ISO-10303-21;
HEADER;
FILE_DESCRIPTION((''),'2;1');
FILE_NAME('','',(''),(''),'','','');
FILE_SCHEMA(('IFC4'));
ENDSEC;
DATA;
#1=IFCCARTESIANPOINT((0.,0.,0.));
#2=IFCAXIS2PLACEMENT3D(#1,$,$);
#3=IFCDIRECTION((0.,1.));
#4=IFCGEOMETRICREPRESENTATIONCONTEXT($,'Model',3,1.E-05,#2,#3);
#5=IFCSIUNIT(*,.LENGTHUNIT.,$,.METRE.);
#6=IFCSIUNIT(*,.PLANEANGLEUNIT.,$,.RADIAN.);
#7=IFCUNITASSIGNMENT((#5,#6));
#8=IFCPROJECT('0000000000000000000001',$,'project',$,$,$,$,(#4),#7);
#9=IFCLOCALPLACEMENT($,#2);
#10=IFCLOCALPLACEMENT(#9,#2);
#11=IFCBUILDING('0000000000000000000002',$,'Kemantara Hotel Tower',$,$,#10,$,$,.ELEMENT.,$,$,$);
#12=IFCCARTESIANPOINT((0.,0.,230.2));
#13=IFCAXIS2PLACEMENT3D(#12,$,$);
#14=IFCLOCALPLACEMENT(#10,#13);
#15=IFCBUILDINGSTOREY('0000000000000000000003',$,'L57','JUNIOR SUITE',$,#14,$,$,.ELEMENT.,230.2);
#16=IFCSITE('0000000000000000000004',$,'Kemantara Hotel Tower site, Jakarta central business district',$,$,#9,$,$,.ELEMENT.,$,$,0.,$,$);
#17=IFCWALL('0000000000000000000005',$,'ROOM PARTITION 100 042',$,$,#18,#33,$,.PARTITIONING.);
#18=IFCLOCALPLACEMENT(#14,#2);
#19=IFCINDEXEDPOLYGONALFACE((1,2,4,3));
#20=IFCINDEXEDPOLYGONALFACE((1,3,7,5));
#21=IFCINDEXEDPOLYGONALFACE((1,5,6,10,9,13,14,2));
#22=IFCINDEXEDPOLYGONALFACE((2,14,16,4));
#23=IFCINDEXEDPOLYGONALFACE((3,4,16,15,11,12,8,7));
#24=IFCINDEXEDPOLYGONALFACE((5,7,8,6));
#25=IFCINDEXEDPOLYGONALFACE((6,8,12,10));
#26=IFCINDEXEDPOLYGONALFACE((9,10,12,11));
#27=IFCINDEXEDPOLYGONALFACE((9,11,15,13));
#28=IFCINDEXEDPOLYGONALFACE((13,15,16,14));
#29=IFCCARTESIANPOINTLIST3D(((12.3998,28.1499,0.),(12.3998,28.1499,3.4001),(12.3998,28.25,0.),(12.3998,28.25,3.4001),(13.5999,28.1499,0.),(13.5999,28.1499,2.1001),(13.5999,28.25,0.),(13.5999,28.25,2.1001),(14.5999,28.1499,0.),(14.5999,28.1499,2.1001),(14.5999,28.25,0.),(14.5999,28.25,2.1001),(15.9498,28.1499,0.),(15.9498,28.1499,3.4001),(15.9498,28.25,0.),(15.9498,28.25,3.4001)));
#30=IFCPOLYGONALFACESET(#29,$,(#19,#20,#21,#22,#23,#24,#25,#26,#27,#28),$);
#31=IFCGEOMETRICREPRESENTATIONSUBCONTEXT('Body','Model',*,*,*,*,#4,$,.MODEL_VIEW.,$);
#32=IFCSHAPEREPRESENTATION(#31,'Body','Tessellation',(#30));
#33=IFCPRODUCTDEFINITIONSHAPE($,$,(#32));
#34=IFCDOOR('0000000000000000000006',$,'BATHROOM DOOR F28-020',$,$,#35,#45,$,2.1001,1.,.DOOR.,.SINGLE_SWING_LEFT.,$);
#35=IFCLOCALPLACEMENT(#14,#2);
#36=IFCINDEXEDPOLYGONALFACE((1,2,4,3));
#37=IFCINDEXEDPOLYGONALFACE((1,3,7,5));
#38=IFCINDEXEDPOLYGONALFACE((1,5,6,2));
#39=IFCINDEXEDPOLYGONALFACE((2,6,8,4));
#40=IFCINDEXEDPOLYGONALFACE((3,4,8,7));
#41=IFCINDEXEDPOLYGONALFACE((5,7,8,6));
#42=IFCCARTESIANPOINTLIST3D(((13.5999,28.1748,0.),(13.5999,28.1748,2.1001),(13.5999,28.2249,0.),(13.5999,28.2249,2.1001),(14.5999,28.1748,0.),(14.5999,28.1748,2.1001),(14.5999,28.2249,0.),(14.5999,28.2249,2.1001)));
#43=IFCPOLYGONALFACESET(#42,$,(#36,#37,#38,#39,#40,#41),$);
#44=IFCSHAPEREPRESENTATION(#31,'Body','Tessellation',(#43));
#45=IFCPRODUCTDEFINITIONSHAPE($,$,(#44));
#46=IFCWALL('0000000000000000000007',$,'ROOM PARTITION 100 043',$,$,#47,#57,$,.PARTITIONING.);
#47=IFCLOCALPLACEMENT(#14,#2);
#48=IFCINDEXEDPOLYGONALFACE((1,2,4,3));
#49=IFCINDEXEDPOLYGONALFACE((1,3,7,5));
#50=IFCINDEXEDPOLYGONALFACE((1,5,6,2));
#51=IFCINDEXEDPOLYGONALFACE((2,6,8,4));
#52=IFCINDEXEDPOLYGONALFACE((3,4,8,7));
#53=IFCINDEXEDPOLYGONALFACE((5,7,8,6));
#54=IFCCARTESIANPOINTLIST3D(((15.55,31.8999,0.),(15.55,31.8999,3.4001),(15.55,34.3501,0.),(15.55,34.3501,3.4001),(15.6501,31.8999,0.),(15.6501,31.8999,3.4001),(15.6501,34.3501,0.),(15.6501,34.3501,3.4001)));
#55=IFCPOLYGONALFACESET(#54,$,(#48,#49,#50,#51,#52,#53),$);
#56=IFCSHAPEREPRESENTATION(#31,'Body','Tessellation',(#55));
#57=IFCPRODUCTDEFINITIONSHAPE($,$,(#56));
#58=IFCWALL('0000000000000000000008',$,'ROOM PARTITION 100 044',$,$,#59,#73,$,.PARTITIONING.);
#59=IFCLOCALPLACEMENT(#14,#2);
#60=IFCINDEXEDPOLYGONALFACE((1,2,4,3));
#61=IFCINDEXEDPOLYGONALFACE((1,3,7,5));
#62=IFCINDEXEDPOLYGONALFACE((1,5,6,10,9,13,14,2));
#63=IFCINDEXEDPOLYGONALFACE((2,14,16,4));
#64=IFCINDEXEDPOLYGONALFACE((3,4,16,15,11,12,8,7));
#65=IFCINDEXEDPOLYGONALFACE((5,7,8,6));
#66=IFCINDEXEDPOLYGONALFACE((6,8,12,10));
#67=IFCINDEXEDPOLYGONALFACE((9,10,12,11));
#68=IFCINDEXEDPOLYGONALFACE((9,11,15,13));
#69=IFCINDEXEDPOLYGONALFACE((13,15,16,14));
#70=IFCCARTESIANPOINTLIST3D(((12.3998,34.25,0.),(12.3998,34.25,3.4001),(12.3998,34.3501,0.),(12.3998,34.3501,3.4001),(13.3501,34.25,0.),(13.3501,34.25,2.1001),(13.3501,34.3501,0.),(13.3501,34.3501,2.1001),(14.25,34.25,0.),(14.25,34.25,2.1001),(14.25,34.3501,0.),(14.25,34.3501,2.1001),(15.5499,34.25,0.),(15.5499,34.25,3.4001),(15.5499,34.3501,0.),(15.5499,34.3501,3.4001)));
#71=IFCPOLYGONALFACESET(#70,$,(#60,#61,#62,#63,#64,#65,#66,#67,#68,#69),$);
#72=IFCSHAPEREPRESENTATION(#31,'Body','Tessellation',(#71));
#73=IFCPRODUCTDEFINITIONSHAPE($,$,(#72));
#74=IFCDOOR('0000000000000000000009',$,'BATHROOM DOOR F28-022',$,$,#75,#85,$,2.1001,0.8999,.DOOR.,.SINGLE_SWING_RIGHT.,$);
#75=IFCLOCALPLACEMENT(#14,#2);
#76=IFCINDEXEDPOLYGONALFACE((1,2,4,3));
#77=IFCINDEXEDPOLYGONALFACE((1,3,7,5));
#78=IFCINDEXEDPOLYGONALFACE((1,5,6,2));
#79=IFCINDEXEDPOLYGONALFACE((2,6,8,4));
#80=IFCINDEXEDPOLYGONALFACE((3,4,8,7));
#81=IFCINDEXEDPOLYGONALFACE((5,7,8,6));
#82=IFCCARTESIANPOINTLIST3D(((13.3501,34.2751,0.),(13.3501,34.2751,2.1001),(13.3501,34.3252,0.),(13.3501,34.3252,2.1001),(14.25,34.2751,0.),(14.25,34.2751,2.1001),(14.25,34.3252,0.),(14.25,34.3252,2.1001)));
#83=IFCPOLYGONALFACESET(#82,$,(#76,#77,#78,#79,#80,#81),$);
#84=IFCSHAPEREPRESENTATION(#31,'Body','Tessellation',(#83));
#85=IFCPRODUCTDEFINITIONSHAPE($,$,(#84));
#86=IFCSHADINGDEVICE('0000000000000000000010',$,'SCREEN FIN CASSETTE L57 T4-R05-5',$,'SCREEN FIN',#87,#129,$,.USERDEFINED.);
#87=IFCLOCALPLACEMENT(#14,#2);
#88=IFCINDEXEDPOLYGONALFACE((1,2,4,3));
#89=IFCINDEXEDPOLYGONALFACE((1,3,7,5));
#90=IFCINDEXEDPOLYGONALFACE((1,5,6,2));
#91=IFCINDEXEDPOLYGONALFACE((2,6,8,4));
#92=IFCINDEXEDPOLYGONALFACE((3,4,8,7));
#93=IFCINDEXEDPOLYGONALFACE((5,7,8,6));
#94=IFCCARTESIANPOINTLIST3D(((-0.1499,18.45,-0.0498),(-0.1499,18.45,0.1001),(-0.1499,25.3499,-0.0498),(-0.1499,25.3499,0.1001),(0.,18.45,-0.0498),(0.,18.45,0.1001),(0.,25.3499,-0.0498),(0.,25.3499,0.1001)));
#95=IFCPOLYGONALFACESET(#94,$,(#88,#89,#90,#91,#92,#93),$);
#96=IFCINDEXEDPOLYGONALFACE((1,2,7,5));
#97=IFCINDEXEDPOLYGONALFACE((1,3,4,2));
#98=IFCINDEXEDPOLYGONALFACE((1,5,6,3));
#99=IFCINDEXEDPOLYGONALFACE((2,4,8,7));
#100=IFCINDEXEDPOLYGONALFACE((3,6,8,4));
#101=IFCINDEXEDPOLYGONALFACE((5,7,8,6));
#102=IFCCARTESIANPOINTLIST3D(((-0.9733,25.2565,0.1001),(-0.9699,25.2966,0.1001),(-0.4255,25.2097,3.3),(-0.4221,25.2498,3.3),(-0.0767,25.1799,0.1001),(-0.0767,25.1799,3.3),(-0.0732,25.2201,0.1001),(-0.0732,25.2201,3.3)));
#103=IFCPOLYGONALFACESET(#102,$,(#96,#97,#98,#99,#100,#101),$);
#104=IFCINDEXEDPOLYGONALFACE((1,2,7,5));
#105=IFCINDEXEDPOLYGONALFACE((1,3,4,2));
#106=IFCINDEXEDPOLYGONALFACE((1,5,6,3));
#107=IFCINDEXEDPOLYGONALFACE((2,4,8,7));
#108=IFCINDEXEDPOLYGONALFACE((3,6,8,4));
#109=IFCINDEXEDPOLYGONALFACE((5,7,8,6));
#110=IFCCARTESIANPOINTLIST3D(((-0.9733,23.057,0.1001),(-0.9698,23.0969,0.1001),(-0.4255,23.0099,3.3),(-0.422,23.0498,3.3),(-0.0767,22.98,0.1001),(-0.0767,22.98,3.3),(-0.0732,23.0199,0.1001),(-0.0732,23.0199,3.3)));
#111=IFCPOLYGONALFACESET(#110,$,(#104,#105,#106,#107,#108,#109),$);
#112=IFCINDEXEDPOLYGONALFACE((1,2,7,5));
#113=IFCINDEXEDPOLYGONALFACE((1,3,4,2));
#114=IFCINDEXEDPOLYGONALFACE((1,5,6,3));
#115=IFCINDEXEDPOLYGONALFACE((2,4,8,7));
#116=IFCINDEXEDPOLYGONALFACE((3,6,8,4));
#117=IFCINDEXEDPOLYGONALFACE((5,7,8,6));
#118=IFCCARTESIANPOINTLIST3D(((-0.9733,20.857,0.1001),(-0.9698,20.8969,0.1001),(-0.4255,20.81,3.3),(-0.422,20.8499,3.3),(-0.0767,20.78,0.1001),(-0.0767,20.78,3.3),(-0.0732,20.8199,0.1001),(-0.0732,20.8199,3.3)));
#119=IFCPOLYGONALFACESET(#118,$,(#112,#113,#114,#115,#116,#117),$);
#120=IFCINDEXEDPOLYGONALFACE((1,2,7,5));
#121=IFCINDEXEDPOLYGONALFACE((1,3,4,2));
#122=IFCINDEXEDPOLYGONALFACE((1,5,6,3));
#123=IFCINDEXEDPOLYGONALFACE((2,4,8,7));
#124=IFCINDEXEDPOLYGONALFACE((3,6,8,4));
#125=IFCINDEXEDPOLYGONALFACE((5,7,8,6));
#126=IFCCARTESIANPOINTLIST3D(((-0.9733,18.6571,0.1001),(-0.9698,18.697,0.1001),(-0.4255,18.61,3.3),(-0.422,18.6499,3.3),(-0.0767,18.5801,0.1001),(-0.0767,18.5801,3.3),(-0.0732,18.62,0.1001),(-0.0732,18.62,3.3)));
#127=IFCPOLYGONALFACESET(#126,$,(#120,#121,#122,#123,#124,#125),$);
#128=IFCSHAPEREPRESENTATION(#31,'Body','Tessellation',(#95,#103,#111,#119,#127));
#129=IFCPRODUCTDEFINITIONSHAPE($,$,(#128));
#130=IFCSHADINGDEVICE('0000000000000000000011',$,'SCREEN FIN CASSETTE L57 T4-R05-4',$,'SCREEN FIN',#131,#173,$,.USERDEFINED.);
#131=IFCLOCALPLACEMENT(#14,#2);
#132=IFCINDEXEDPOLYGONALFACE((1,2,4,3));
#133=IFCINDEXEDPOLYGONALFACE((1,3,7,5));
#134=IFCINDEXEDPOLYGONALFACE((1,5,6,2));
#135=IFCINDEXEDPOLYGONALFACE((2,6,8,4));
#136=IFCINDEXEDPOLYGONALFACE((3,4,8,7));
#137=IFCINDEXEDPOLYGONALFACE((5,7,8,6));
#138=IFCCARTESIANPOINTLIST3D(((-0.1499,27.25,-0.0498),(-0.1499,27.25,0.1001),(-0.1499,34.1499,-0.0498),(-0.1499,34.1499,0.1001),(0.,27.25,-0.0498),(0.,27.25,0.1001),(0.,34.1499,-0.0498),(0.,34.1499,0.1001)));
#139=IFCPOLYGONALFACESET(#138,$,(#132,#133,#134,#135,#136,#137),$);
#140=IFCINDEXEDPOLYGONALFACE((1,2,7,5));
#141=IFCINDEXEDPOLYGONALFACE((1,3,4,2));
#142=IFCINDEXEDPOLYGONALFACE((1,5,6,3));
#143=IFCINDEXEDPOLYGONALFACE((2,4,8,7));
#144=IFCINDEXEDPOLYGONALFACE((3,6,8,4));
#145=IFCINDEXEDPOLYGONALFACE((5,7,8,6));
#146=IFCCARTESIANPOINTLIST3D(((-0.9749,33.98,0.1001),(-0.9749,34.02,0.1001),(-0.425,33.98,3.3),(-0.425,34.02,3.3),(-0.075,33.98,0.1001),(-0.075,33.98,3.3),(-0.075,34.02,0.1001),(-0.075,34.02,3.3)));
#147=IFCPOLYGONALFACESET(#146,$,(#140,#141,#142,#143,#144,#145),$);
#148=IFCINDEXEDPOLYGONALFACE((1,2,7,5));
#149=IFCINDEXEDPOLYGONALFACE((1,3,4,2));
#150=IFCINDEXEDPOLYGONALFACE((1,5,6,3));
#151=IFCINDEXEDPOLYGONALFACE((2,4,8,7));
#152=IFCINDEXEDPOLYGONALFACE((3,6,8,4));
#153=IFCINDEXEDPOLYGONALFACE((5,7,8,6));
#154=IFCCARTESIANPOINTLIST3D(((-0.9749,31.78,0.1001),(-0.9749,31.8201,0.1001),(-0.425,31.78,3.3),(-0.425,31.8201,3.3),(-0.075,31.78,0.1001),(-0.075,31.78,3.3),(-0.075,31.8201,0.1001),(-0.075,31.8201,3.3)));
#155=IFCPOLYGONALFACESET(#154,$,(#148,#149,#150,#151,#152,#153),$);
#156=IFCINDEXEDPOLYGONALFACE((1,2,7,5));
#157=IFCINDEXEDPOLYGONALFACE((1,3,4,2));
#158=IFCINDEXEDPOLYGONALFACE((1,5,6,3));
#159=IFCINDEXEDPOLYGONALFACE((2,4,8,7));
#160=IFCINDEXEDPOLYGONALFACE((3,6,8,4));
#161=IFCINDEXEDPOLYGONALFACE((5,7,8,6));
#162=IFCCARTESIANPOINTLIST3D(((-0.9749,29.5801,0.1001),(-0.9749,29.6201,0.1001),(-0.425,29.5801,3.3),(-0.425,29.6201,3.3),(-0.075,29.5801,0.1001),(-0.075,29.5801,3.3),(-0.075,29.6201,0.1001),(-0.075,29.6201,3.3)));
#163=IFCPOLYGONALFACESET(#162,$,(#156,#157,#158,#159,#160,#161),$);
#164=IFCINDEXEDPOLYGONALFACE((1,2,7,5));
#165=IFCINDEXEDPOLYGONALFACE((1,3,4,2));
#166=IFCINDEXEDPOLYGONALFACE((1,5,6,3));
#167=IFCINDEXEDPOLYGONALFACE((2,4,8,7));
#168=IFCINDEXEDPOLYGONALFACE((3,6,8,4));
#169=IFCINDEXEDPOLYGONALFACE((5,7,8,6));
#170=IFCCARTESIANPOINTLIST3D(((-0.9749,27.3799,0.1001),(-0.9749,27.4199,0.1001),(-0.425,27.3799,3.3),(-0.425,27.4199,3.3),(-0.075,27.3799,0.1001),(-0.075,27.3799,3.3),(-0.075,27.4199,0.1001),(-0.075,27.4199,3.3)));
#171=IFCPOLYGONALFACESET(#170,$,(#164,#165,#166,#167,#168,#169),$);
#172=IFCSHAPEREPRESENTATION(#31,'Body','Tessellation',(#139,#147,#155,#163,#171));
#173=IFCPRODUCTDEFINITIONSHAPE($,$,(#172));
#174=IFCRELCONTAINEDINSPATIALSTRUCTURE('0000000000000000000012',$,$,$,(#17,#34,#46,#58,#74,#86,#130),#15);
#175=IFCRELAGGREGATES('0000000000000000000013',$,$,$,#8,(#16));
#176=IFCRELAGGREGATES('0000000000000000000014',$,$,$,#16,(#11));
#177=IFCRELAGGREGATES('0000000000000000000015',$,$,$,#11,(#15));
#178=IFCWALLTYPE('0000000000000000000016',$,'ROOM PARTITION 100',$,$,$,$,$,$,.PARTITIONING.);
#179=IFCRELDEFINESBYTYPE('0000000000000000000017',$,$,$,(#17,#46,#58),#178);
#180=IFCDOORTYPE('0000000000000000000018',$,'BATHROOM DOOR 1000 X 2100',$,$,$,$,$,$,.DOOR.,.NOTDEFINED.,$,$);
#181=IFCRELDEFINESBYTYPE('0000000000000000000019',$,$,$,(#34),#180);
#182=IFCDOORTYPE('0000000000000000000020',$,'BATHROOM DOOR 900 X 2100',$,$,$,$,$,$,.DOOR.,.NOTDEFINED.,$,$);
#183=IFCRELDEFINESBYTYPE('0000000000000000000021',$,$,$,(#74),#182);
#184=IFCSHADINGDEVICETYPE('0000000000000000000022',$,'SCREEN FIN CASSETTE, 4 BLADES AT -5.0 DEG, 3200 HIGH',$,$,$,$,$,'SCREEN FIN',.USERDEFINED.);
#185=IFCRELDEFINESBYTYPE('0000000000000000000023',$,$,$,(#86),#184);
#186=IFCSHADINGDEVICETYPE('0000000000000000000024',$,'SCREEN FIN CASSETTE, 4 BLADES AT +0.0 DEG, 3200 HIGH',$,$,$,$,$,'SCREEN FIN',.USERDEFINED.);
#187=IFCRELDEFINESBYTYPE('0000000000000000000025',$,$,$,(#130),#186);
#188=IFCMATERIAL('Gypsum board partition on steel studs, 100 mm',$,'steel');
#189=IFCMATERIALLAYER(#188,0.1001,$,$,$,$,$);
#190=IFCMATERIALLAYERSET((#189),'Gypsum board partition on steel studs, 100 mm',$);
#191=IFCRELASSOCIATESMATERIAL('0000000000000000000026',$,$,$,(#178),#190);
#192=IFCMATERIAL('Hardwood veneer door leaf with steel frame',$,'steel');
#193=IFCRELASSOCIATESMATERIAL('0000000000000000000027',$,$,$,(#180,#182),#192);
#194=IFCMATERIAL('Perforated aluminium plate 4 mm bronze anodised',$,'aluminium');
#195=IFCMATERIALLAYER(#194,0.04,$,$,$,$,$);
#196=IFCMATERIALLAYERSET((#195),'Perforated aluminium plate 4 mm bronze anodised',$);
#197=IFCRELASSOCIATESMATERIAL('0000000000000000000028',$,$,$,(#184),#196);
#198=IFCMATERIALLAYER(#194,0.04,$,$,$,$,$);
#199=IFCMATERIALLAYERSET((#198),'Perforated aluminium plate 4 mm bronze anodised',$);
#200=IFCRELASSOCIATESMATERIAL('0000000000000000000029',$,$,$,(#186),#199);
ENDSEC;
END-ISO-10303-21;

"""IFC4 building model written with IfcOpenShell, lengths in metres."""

from ifc_helpers import new_model, si_unit, direction, frame, frame_2d, origin, origin_2d, place, context, subcontext, project, spatial, polyline, rectangle, outline, extrude, source, transform, mapped, material, layer, layer_set, type_object, element, fill, save


model = new_model("IFC4")

# Units and contexts
model_context = context("Model", 3, precision=1e-05, world=origin(), true_north=direction((0.0, 1.0)))
body_context = subcontext(model_context, "Body", "Model", "MODEL_VIEW")
ifc_project = project(units=[si_unit("LENGTHUNIT", "METRE"), si_unit("PLANEANGLEUNIT", "RADIAN")], contexts=[model_context])

# Site, building, storey
site_placement = place(None, origin())
site = spatial("IfcSite", under=ifc_project, at=site_placement, Name="Kemantara Hotel Tower site, Jakarta central business district", CompositionType="ELEMENT", RefElevation=0.0)
building_placement = place(site_placement, origin())
building = spatial("IfcBuilding", under=site, at=building_placement, Name="Kemantara Hotel Tower", CompositionType="ELEMENT")
storey_placement = place(building_placement, frame((0.0, 0.0, 230.2)))
storey = spatial("IfcBuildingStorey", under=building, at=storey_placement, Name="L57", Description="JUNIOR SUITE", CompositionType="ELEMENT", Elevation=230.2)

# Shared definitions
ifc_material_1 = material(Name="Hardwood veneer door leaf with steel frame", Category="steel")

# Shared definitions
ifc_material_2 = material(Name="Gypsum board partition on steel studs, 100 mm", Category="steel")
ifc_layer_1 = layer(ifc_material_2, 0.1001)
ifc_layer_set_1 = layer_set([ifc_layer_1], Name="Gypsum board partition on steel studs, 100 mm")
wall_type_1 = type_object("IfcWallType", Name="ROOM PARTITION 100", PredefinedType="PARTITIONING", material=ifc_layer_set_1)

# Wall, opening, door
wall_1_placement = place(storey_placement, frame((12.3999, 28.2, 0.0), z_axis=(0.0, 0.0, 1.0), x_axis=(1.0, 0.0, 0.0)))
wall_1 = element("IfcWall", 1, at=wall_1_placement, inside=storey, type_object=wall_type_1, Name="ROOM PARTITION 100 042", PredefinedType="PARTITIONING", context=body_context, shape_type="SweptSolid", body=[
    extrude(rectangle(XDim=3.55, YDim=0.1001, at=frame_2d((1.7749, 0.0))), origin(), (0.0, 0.0, 1.0), 3.4001),
])
opening_1_placement = place(wall_1_placement, frame((1.2, 0.0, 0.0)))
opening_1 = element("IfcOpeningElement", 2, at=opening_1_placement, cuts=wall_1, PredefinedType="OPENING", context=body_context, shape_type="SweptSolid", body=[
    extrude(rectangle(XDim=1.0, YDim=2.1001, at=frame_2d((0.5, 1.05))), frame((0.0, 0.0601, 0.0), z_axis=(0.0, -1.0, 0.0), x_axis=(1.0, 0.0, 0.0)), (0.0, 0.0, 1.0), 0.1201),
])
door_type_1 = type_object("IfcDoorType", Name="BATHROOM DOOR 1000 X 2100", OperationType="NOTDEFINED", PredefinedType="DOOR", material=ifc_material_1)
door_1_placement = place(opening_1_placement, origin())
door_1 = element("IfcDoor", 3, at=door_1_placement, inside=storey, type_object=door_type_1, Name="BATHROOM DOOR F28-020", OperationType="SINGLE_SWING_LEFT", OverallHeight=2.1001, OverallWidth=1.0, PredefinedType="DOOR", context=body_context, shape_type="SweptSolid", body=[
    extrude(rectangle(XDim=1.0, YDim=2.1001, at=frame_2d((0.5, 1.05))), frame((0.0, 0.0249, 0.0), z_axis=(0.0, -1.0, 0.0), x_axis=(1.0, 0.0, 0.0)), (0.0, 0.0, 1.0), 0.05),
])
fill(opening_1, door_1)

# Wall
wall_2_placement = place(storey_placement, frame((15.6001, 31.8999, 0.0), z_axis=(0.0, 0.0, 1.0), x_axis=(0.0, 1.0, 0.0)))
element("IfcWall", 4, at=wall_2_placement, inside=storey, type_object=wall_type_1, Name="ROOM PARTITION 100 043", PredefinedType="PARTITIONING", context=body_context, shape_type="SweptSolid", body=[
    extrude(rectangle(XDim=2.4502, YDim=0.1001, at=frame_2d((1.2251, 0.0))), origin(), (0.0, 0.0, 1.0), 3.4001),
])

# Wall, opening, door
wall_3_placement = place(storey_placement, frame((15.55, 34.3, 0.0), z_axis=(0.0, 0.0, 1.0), x_axis=(-1.0, 0.0, 0.0)))
wall_3 = element("IfcWall", 5, at=wall_3_placement, inside=storey, type_object=wall_type_1, Name="ROOM PARTITION 100 044", PredefinedType="PARTITIONING", context=body_context, shape_type="SweptSolid", body=[
    extrude(rectangle(XDim=3.1501, YDim=0.1001, at=frame_2d((1.5752, 0.0))), origin(), (0.0, 0.0, 1.0), 3.4001),
])
opening_2_placement = place(wall_3_placement, frame((1.3, 0.0, 0.0)))
opening_2 = element("IfcOpeningElement", 6, at=opening_2_placement, cuts=wall_3, PredefinedType="OPENING", context=body_context, shape_type="SweptSolid", body=[
    extrude(rectangle(XDim=0.8999, YDim=2.1001, at=frame_2d((0.45, 1.05))), frame((0.0, 0.0601, 0.0), z_axis=(0.0, -1.0, 0.0), x_axis=(1.0, 0.0, 0.0)), (0.0, 0.0, 1.0), 0.1201),
])
door_type_2 = type_object("IfcDoorType", Name="BATHROOM DOOR 900 X 2100", OperationType="NOTDEFINED", PredefinedType="DOOR", material=ifc_material_1)
door_2_placement = place(opening_2_placement, origin())
door_2 = element("IfcDoor", 7, at=door_2_placement, inside=storey, type_object=door_type_2, Name="BATHROOM DOOR F28-022", OperationType="SINGLE_SWING_RIGHT", OverallHeight=2.1001, OverallWidth=0.8999, PredefinedType="DOOR", context=body_context, shape_type="SweptSolid", body=[
    extrude(rectangle(XDim=0.8999, YDim=2.1001, at=frame_2d((0.45, 1.05))), frame((0.0, 0.0249, 0.0), z_axis=(0.0, -1.0, 0.0), x_axis=(1.0, 0.0, 0.0)), (0.0, 0.0, 1.0), 0.05),
])
fill(opening_2, door_2)

# Shading devices
ifc_material_3 = material(Name="Perforated aluminium plate 4 mm bronze anodised", Category="aluminium")
ifc_layer_2 = layer(ifc_material_3, 0.04)
ifc_layer_set_2 = layer_set([ifc_layer_2], Name="Perforated aluminium plate 4 mm bronze anodised")
shading_device_type_1 = type_object("IfcShadingDeviceType", Name="SCREEN FIN CASSETTE, 4 BLADES AT -5.0 DEG, 3200 HIGH", ElementType="SCREEN FIN", PredefinedType="USERDEFINED", material=ifc_layer_set_2)
shared_shape_1 = source(origin(), body_context, "Body", "SweptSolid", [
    extrude(rectangle(XDim=6.8999, YDim=0.1499, at=origin_2d()), frame((3.3, -0.075, -0.1499), z_axis=(0.0, 0.0, 1.0), x_axis=(1.0, 0.0, 0.0)), (0.0, 0.0, 1.0), 0.1499),
    extrude(outline(polyline([(0.0, 0.0), (0.8999, 0.0), (0.3501, 3.2), (0.0, 3.2), (0.0, 0.0)])), frame((0.02, -0.0767, 0.0), z_axis=(-0.996376, 0.085056, 0.0), x_axis=(-0.085056, -0.996376, 0.0)), (0.0, 0.0, 1.0), 0.0403),
    extrude(outline(polyline([(0.0, 0.0), (0.8999, 0.0), (0.3501, 3.2), (0.0, 3.2), (0.0, 0.0)])), frame((2.22, -0.0767, 0.0), z_axis=(-0.996332, 0.085575, 0.0), x_axis=(-0.085575, -0.996332, 0.0)), (0.0, 0.0, 1.0), 0.04),
    extrude(outline(polyline([(0.0, 0.0), (0.8999, 0.0), (0.3501, 3.2), (0.0, 3.2), (0.0, 0.0)])), frame((4.4199, -0.0767, 0.0), z_axis=(-0.996332, 0.085575, 0.0), x_axis=(-0.085575, -0.996332, 0.0)), (0.0, 0.0, 1.0), 0.04),
    extrude(outline(polyline([(0.0, 0.0), (0.8999, 0.0), (0.3501, 3.2), (0.0, 3.2), (0.0, 0.0)])), frame((6.6199, -0.0767, 0.0), z_axis=(-0.996332, 0.085575, 0.0), x_axis=(-0.085575, -0.996332, 0.0)), (0.0, 0.0, 1.0), 0.04),
])
shading_device_1_placement = place(storey_placement, frame((0.0, 25.2, 0.1001), z_axis=(0.0, 0.0, 1.0), x_axis=(0.0, -1.0, 0.0)))
element("IfcShadingDevice", 8, at=shading_device_1_placement, inside=storey, type_object=shading_device_type_1, Name="SCREEN FIN CASSETTE L57 T4-R05-5", ObjectType="SCREEN FIN", PredefinedType="USERDEFINED", context=body_context, shape_type="MappedRepresentation", body=[
    mapped(shared_shape_1, transform((0.0, 0.0, 0.0))),
])
ifc_layer_3 = layer(ifc_material_3, 0.04)
ifc_layer_set_3 = layer_set([ifc_layer_3], Name="Perforated aluminium plate 4 mm bronze anodised")
shading_device_type_2 = type_object("IfcShadingDeviceType", Name="SCREEN FIN CASSETTE, 4 BLADES AT +0.0 DEG, 3200 HIGH", ElementType="SCREEN FIN", PredefinedType="USERDEFINED", material=ifc_layer_set_3)
shared_shape_2 = source(origin(), body_context, "Body", "SweptSolid", [
    extrude(rectangle(XDim=6.8999, YDim=0.1499, at=origin_2d()), frame((3.3, -0.075, -0.1499), z_axis=(0.0, 0.0, 1.0), x_axis=(1.0, 0.0, 0.0)), (0.0, 0.0, 1.0), 0.1499),
    extrude(outline(polyline([(0.0, 0.0), (0.8999, 0.0), (0.3501, 3.2), (0.0, 3.2), (0.0, 0.0)])), frame((0.02, -0.075, 0.0), z_axis=(-1.0, 0.0, 0.0), x_axis=(0.0, -1.0, 0.0)), (0.0, 0.0, 1.0), 0.04),
    extrude(outline(polyline([(0.0, 0.0), (0.8999, 0.0), (0.3501, 3.2), (0.0, 3.2), (0.0, 0.0)])), frame((2.22, -0.075, 0.0), z_axis=(-1.0, 0.0, 0.0), x_axis=(0.0, -1.0, 0.0)), (0.0, 0.0, 1.0), 0.04),
    extrude(outline(polyline([(0.0, 0.0), (0.8999, 0.0), (0.3501, 3.2), (0.0, 3.2), (0.0, 0.0)])), frame((4.4199, -0.075, 0.0), z_axis=(-1.0, 0.0, 0.0), x_axis=(0.0, -1.0, 0.0)), (0.0, 0.0, 1.0), 0.04),
    extrude(outline(polyline([(0.0, 0.0), (0.8999, 0.0), (0.3501, 3.2), (0.0, 3.2), (0.0, 0.0)])), frame((6.6201, -0.075, 0.0), z_axis=(-1.0, 0.0, 0.0), x_axis=(0.0, -1.0, 0.0)), (0.0, 0.0, 1.0), 0.04),
])
shading_device_2_placement = place(storey_placement, frame((0.0, 34.0, 0.1001), z_axis=(0.0, 0.0, 1.0), x_axis=(0.0, -1.0, 0.0)))
element("IfcShadingDevice", 9, at=shading_device_2_placement, inside=storey, type_object=shading_device_type_2, Name="SCREEN FIN CASSETTE L57 T4-R05-4", ObjectType="SCREEN FIN", PredefinedType="USERDEFINED", context=body_context, shape_type="MappedRepresentation", body=[
    mapped(shared_shape_2, transform((0.0, 0.0, 0.0))),
])

save(model, "model.ifc")
